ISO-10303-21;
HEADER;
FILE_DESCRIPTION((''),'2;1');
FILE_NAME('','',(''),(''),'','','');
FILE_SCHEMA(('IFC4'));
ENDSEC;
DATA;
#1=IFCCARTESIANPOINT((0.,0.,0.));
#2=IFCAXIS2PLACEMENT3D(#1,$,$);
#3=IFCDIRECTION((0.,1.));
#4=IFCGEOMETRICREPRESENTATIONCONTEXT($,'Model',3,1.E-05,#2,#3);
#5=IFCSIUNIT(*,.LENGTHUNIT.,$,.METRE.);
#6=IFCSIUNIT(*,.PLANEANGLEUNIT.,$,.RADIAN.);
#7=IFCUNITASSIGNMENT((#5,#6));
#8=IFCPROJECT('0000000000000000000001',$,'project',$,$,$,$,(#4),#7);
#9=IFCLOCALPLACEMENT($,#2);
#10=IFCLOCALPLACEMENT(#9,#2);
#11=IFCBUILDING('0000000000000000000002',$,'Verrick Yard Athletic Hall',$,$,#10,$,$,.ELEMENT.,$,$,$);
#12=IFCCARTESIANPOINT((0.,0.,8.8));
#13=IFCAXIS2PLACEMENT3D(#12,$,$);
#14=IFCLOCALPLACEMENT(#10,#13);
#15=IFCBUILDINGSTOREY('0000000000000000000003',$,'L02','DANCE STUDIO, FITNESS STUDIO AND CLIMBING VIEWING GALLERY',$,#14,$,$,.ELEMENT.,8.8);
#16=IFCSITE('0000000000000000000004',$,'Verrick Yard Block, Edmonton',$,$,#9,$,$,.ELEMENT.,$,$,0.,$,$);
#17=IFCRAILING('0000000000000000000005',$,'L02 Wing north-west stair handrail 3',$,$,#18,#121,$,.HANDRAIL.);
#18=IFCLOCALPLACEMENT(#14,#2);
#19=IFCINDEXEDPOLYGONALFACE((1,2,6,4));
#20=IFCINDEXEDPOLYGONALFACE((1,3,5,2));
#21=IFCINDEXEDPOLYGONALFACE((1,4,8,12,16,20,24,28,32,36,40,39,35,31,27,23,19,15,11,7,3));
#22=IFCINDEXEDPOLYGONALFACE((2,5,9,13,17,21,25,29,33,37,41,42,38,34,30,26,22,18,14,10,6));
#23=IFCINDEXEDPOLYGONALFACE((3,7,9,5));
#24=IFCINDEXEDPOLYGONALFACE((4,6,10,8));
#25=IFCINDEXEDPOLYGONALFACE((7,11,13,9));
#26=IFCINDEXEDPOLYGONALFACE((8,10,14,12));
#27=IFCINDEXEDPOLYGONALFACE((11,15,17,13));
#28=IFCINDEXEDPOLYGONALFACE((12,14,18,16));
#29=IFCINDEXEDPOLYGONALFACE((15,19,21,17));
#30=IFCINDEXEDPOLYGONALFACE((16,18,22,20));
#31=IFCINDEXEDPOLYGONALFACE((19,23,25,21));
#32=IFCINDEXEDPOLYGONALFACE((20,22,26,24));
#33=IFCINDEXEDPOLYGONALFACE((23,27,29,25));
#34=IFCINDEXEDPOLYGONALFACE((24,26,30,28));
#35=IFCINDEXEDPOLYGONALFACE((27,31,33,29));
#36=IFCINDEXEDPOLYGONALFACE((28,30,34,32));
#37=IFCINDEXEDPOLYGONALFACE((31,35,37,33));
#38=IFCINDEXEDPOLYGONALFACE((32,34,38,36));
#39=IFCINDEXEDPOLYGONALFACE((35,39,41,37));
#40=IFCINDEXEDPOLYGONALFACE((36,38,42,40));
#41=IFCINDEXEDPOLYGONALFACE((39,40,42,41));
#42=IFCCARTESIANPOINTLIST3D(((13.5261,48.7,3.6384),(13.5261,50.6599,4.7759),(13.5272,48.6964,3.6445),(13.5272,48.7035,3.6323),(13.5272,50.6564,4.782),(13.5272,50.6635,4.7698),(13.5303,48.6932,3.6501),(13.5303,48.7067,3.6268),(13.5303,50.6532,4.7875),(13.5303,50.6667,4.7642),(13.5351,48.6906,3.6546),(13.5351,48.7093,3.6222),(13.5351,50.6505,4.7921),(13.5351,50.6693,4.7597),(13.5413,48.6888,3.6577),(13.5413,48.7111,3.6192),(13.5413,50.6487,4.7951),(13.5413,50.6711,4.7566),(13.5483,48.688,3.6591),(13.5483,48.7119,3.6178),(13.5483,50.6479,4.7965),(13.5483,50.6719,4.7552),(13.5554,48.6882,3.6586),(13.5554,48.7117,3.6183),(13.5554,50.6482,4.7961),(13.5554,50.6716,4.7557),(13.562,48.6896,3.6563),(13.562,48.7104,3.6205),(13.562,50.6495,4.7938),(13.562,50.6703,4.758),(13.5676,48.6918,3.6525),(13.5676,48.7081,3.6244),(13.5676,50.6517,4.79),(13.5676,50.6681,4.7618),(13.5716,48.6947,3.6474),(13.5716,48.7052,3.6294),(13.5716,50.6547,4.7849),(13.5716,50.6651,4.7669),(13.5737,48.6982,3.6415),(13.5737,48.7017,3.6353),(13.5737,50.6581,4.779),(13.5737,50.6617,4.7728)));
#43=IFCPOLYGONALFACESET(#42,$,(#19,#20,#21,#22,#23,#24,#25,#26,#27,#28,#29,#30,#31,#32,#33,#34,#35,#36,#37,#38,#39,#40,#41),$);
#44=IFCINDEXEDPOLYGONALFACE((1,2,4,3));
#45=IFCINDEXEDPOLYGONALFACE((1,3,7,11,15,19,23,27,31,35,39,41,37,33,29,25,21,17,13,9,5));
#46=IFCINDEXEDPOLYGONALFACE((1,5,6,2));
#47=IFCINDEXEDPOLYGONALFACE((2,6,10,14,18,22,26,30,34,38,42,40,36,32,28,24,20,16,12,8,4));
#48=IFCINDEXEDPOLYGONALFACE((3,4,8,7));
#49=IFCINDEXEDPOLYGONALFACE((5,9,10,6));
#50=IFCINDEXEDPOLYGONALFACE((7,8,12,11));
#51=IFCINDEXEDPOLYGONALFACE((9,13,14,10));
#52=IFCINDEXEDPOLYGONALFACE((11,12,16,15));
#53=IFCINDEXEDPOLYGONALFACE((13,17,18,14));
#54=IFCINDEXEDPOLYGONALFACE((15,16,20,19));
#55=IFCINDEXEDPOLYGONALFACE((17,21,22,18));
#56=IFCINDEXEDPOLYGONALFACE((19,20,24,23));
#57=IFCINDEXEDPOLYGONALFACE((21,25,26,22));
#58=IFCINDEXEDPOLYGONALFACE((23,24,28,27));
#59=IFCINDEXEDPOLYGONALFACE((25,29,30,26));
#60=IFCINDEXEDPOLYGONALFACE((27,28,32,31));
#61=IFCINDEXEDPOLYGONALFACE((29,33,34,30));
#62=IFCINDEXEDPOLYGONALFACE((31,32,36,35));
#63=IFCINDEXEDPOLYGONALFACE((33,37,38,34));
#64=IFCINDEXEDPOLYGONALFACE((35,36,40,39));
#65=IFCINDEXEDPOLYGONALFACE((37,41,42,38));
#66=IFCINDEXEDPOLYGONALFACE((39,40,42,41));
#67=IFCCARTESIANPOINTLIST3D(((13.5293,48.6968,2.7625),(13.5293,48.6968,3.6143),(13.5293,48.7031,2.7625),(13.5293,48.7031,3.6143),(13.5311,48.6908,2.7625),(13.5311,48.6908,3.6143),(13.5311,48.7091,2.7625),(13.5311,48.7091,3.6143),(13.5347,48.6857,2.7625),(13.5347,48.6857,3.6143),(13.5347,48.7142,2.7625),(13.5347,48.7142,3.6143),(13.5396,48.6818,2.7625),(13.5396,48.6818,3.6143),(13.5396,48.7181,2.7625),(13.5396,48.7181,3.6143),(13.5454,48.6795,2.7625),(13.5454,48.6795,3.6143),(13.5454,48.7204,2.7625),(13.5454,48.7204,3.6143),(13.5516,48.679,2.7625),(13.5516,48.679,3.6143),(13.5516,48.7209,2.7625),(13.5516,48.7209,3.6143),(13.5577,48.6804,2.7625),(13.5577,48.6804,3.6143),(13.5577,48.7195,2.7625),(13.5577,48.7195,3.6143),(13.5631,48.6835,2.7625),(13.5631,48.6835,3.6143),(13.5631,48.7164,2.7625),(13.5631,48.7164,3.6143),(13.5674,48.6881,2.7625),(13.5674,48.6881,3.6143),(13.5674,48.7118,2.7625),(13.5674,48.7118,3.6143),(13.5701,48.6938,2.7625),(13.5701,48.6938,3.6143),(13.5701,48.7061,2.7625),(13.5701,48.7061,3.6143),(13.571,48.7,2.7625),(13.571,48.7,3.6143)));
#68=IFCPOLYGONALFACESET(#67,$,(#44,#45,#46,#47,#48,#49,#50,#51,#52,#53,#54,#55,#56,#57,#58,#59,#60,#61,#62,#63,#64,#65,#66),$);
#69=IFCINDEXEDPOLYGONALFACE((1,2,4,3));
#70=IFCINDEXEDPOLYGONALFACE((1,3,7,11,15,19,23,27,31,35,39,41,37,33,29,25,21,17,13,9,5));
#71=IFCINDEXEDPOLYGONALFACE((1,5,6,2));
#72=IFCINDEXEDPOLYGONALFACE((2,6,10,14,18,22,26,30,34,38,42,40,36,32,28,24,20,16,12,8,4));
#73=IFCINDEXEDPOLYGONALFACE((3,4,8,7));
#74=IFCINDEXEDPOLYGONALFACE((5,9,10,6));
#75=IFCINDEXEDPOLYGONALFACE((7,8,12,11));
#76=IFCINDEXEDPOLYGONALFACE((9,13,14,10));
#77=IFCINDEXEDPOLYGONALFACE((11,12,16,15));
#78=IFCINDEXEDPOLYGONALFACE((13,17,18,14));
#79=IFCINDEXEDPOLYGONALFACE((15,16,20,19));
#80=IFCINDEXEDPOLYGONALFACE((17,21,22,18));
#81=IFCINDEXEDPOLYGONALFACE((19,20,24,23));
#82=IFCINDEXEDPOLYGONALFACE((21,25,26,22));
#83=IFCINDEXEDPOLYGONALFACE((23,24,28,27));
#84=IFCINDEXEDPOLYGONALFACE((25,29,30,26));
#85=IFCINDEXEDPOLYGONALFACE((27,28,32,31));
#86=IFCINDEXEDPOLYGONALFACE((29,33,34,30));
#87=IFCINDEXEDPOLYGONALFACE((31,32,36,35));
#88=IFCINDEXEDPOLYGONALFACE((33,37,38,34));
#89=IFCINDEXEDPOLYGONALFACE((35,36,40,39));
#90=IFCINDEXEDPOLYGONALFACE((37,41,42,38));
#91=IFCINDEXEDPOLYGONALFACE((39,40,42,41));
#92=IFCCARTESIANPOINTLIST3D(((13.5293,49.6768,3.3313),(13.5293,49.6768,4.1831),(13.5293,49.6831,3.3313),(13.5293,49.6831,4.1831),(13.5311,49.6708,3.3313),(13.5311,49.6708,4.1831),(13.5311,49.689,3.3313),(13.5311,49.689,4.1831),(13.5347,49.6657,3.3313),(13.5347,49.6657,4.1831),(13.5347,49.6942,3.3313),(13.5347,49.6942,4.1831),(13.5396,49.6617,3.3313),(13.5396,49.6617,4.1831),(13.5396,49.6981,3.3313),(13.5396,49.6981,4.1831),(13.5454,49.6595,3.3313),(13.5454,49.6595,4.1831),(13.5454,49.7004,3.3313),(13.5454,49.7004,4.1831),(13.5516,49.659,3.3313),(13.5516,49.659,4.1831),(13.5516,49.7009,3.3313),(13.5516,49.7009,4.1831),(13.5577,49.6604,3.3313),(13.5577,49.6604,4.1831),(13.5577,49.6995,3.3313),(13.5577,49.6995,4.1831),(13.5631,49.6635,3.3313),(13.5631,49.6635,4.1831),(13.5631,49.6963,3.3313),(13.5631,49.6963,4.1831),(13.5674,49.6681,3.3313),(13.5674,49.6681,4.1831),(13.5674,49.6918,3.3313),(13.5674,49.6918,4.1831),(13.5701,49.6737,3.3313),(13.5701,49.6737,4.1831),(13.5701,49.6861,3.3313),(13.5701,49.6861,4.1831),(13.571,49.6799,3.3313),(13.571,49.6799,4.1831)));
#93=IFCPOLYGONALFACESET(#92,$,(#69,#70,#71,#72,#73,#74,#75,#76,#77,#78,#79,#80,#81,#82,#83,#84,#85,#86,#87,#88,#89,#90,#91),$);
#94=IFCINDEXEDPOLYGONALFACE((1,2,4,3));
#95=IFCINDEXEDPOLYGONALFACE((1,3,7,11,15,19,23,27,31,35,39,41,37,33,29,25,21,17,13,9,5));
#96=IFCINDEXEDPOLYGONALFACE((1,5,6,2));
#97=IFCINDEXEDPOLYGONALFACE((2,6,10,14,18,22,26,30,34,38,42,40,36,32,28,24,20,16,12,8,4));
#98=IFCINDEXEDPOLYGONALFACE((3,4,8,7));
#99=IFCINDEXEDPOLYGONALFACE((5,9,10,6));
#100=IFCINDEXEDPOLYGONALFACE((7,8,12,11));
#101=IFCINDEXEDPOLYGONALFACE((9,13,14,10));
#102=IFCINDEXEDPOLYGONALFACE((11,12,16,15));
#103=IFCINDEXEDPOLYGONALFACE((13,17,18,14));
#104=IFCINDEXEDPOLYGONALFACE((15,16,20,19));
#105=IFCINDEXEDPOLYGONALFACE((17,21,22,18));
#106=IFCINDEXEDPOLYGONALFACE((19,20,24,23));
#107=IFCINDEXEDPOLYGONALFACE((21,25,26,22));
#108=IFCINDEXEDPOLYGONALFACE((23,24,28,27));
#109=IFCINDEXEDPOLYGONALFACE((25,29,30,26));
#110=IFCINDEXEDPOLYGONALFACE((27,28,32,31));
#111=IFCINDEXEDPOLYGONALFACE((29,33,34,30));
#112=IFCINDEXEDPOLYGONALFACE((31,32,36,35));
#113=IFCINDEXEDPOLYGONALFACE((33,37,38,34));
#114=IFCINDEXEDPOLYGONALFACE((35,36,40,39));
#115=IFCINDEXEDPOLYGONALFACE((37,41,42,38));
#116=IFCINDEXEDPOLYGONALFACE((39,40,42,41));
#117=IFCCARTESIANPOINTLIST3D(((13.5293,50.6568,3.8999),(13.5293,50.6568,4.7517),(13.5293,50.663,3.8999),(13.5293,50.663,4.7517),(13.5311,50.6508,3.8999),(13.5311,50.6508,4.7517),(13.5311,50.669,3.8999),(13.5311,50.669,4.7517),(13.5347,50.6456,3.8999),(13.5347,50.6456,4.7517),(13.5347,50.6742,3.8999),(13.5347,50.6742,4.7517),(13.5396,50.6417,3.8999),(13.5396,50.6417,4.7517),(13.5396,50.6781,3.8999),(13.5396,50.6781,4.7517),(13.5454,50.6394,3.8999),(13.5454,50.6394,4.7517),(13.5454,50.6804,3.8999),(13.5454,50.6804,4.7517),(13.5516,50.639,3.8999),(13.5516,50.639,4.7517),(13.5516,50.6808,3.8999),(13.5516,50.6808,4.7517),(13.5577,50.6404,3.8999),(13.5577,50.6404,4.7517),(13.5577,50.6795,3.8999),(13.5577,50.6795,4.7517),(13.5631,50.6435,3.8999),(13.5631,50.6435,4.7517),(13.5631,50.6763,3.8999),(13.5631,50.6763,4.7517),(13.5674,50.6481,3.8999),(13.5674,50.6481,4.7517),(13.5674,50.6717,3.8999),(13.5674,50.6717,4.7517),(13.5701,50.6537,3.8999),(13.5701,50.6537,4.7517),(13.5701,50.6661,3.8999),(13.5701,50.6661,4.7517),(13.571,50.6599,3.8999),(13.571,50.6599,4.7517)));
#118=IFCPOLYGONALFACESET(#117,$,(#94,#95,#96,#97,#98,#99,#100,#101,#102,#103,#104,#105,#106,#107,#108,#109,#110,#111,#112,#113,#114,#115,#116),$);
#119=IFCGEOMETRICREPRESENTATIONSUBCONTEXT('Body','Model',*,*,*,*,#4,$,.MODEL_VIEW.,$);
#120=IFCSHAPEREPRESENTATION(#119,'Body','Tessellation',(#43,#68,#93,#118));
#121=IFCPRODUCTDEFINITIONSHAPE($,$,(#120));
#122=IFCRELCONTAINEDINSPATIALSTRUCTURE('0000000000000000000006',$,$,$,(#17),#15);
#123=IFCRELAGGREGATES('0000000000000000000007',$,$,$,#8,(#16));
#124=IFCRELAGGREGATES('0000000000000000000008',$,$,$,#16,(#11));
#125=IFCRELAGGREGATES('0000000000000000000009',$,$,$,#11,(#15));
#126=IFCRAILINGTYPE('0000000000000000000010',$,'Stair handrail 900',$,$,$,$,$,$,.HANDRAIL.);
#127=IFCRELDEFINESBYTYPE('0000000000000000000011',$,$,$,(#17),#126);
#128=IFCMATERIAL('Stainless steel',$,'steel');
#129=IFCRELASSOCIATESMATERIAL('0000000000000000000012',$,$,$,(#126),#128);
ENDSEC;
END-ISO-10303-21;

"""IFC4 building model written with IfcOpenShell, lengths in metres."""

from ifc_helpers import new_model, si_unit, direction, frame, origin, origin_2d, place, context, subcontext, project, spatial, circle, extrude, material, type_object, element, save


model = new_model("IFC4")

# Units and contexts
model_context = context("Model", 3, precision=1e-05, world=origin(), true_north=direction((0.0, 1.0)))
body_context = subcontext(model_context, "Body", "Model", "MODEL_VIEW")
ifc_project = project(units=[si_unit("LENGTHUNIT", "METRE"), si_unit("PLANEANGLEUNIT", "RADIAN")], contexts=[model_context])

# Site, building, storey
site_placement = place(None, origin())
site = spatial("IfcSite", under=ifc_project, at=site_placement, Name="Verrick Yard Block, Edmonton", CompositionType="ELEMENT", RefElevation=0.0)
building_placement = place(site_placement, origin())
building = spatial("IfcBuilding", under=site, at=building_placement, Name="Verrick Yard Athletic Hall", CompositionType="ELEMENT")
storey_placement = place(building_placement, frame((0.0, 0.0, 8.8)))
storey = spatial("IfcBuildingStorey", under=building, at=storey_placement, Name="L02", Description="DANCE STUDIO, FITNESS STUDIO AND CLIMBING VIEWING GALLERY", CompositionType="ELEMENT", Elevation=8.8)

# Railing
ifc_material_1 = material(Name="Stainless steel", Category="steel")
railing_type_1 = type_object("IfcRailingType", Name="Stair handrail 900", PredefinedType="HANDRAIL", material=ifc_material_1)
railing_1_placement = place(storey_placement, frame((13.55, 48.7, 2.7625)))
element("IfcRailing", 1, at=railing_1_placement, inside=storey, type_object=railing_type_1, Name="L02 Wing north-west stair handrail 3", PredefinedType="HANDRAIL", context=body_context, shape_type="SweptSolid", body=[
    extrude(circle(Radius=0.0239, at=origin_2d()), frame((0.0, 0.0, 0.876), z_axis=(0.0, 0.864902, 0.501941), x_axis=(-1.0, 0.0, 0.0)), (0.0, 0.0, 1.0), 2.2661),
    extrude(circle(Radius=0.021, at=origin_2d()), origin(), (0.0, 0.0, 1.0), 0.8518),
    extrude(circle(Radius=0.021, at=origin_2d()), frame((0.0, 0.98, 0.5688)), (0.0, 0.0, 1.0), 0.8518),
    extrude(circle(Radius=0.021, at=origin_2d()), frame((0.0, 1.96, 1.1375)), (0.0, 0.0, 1.0), 0.8518),
])

save(model, "model.ifc")
